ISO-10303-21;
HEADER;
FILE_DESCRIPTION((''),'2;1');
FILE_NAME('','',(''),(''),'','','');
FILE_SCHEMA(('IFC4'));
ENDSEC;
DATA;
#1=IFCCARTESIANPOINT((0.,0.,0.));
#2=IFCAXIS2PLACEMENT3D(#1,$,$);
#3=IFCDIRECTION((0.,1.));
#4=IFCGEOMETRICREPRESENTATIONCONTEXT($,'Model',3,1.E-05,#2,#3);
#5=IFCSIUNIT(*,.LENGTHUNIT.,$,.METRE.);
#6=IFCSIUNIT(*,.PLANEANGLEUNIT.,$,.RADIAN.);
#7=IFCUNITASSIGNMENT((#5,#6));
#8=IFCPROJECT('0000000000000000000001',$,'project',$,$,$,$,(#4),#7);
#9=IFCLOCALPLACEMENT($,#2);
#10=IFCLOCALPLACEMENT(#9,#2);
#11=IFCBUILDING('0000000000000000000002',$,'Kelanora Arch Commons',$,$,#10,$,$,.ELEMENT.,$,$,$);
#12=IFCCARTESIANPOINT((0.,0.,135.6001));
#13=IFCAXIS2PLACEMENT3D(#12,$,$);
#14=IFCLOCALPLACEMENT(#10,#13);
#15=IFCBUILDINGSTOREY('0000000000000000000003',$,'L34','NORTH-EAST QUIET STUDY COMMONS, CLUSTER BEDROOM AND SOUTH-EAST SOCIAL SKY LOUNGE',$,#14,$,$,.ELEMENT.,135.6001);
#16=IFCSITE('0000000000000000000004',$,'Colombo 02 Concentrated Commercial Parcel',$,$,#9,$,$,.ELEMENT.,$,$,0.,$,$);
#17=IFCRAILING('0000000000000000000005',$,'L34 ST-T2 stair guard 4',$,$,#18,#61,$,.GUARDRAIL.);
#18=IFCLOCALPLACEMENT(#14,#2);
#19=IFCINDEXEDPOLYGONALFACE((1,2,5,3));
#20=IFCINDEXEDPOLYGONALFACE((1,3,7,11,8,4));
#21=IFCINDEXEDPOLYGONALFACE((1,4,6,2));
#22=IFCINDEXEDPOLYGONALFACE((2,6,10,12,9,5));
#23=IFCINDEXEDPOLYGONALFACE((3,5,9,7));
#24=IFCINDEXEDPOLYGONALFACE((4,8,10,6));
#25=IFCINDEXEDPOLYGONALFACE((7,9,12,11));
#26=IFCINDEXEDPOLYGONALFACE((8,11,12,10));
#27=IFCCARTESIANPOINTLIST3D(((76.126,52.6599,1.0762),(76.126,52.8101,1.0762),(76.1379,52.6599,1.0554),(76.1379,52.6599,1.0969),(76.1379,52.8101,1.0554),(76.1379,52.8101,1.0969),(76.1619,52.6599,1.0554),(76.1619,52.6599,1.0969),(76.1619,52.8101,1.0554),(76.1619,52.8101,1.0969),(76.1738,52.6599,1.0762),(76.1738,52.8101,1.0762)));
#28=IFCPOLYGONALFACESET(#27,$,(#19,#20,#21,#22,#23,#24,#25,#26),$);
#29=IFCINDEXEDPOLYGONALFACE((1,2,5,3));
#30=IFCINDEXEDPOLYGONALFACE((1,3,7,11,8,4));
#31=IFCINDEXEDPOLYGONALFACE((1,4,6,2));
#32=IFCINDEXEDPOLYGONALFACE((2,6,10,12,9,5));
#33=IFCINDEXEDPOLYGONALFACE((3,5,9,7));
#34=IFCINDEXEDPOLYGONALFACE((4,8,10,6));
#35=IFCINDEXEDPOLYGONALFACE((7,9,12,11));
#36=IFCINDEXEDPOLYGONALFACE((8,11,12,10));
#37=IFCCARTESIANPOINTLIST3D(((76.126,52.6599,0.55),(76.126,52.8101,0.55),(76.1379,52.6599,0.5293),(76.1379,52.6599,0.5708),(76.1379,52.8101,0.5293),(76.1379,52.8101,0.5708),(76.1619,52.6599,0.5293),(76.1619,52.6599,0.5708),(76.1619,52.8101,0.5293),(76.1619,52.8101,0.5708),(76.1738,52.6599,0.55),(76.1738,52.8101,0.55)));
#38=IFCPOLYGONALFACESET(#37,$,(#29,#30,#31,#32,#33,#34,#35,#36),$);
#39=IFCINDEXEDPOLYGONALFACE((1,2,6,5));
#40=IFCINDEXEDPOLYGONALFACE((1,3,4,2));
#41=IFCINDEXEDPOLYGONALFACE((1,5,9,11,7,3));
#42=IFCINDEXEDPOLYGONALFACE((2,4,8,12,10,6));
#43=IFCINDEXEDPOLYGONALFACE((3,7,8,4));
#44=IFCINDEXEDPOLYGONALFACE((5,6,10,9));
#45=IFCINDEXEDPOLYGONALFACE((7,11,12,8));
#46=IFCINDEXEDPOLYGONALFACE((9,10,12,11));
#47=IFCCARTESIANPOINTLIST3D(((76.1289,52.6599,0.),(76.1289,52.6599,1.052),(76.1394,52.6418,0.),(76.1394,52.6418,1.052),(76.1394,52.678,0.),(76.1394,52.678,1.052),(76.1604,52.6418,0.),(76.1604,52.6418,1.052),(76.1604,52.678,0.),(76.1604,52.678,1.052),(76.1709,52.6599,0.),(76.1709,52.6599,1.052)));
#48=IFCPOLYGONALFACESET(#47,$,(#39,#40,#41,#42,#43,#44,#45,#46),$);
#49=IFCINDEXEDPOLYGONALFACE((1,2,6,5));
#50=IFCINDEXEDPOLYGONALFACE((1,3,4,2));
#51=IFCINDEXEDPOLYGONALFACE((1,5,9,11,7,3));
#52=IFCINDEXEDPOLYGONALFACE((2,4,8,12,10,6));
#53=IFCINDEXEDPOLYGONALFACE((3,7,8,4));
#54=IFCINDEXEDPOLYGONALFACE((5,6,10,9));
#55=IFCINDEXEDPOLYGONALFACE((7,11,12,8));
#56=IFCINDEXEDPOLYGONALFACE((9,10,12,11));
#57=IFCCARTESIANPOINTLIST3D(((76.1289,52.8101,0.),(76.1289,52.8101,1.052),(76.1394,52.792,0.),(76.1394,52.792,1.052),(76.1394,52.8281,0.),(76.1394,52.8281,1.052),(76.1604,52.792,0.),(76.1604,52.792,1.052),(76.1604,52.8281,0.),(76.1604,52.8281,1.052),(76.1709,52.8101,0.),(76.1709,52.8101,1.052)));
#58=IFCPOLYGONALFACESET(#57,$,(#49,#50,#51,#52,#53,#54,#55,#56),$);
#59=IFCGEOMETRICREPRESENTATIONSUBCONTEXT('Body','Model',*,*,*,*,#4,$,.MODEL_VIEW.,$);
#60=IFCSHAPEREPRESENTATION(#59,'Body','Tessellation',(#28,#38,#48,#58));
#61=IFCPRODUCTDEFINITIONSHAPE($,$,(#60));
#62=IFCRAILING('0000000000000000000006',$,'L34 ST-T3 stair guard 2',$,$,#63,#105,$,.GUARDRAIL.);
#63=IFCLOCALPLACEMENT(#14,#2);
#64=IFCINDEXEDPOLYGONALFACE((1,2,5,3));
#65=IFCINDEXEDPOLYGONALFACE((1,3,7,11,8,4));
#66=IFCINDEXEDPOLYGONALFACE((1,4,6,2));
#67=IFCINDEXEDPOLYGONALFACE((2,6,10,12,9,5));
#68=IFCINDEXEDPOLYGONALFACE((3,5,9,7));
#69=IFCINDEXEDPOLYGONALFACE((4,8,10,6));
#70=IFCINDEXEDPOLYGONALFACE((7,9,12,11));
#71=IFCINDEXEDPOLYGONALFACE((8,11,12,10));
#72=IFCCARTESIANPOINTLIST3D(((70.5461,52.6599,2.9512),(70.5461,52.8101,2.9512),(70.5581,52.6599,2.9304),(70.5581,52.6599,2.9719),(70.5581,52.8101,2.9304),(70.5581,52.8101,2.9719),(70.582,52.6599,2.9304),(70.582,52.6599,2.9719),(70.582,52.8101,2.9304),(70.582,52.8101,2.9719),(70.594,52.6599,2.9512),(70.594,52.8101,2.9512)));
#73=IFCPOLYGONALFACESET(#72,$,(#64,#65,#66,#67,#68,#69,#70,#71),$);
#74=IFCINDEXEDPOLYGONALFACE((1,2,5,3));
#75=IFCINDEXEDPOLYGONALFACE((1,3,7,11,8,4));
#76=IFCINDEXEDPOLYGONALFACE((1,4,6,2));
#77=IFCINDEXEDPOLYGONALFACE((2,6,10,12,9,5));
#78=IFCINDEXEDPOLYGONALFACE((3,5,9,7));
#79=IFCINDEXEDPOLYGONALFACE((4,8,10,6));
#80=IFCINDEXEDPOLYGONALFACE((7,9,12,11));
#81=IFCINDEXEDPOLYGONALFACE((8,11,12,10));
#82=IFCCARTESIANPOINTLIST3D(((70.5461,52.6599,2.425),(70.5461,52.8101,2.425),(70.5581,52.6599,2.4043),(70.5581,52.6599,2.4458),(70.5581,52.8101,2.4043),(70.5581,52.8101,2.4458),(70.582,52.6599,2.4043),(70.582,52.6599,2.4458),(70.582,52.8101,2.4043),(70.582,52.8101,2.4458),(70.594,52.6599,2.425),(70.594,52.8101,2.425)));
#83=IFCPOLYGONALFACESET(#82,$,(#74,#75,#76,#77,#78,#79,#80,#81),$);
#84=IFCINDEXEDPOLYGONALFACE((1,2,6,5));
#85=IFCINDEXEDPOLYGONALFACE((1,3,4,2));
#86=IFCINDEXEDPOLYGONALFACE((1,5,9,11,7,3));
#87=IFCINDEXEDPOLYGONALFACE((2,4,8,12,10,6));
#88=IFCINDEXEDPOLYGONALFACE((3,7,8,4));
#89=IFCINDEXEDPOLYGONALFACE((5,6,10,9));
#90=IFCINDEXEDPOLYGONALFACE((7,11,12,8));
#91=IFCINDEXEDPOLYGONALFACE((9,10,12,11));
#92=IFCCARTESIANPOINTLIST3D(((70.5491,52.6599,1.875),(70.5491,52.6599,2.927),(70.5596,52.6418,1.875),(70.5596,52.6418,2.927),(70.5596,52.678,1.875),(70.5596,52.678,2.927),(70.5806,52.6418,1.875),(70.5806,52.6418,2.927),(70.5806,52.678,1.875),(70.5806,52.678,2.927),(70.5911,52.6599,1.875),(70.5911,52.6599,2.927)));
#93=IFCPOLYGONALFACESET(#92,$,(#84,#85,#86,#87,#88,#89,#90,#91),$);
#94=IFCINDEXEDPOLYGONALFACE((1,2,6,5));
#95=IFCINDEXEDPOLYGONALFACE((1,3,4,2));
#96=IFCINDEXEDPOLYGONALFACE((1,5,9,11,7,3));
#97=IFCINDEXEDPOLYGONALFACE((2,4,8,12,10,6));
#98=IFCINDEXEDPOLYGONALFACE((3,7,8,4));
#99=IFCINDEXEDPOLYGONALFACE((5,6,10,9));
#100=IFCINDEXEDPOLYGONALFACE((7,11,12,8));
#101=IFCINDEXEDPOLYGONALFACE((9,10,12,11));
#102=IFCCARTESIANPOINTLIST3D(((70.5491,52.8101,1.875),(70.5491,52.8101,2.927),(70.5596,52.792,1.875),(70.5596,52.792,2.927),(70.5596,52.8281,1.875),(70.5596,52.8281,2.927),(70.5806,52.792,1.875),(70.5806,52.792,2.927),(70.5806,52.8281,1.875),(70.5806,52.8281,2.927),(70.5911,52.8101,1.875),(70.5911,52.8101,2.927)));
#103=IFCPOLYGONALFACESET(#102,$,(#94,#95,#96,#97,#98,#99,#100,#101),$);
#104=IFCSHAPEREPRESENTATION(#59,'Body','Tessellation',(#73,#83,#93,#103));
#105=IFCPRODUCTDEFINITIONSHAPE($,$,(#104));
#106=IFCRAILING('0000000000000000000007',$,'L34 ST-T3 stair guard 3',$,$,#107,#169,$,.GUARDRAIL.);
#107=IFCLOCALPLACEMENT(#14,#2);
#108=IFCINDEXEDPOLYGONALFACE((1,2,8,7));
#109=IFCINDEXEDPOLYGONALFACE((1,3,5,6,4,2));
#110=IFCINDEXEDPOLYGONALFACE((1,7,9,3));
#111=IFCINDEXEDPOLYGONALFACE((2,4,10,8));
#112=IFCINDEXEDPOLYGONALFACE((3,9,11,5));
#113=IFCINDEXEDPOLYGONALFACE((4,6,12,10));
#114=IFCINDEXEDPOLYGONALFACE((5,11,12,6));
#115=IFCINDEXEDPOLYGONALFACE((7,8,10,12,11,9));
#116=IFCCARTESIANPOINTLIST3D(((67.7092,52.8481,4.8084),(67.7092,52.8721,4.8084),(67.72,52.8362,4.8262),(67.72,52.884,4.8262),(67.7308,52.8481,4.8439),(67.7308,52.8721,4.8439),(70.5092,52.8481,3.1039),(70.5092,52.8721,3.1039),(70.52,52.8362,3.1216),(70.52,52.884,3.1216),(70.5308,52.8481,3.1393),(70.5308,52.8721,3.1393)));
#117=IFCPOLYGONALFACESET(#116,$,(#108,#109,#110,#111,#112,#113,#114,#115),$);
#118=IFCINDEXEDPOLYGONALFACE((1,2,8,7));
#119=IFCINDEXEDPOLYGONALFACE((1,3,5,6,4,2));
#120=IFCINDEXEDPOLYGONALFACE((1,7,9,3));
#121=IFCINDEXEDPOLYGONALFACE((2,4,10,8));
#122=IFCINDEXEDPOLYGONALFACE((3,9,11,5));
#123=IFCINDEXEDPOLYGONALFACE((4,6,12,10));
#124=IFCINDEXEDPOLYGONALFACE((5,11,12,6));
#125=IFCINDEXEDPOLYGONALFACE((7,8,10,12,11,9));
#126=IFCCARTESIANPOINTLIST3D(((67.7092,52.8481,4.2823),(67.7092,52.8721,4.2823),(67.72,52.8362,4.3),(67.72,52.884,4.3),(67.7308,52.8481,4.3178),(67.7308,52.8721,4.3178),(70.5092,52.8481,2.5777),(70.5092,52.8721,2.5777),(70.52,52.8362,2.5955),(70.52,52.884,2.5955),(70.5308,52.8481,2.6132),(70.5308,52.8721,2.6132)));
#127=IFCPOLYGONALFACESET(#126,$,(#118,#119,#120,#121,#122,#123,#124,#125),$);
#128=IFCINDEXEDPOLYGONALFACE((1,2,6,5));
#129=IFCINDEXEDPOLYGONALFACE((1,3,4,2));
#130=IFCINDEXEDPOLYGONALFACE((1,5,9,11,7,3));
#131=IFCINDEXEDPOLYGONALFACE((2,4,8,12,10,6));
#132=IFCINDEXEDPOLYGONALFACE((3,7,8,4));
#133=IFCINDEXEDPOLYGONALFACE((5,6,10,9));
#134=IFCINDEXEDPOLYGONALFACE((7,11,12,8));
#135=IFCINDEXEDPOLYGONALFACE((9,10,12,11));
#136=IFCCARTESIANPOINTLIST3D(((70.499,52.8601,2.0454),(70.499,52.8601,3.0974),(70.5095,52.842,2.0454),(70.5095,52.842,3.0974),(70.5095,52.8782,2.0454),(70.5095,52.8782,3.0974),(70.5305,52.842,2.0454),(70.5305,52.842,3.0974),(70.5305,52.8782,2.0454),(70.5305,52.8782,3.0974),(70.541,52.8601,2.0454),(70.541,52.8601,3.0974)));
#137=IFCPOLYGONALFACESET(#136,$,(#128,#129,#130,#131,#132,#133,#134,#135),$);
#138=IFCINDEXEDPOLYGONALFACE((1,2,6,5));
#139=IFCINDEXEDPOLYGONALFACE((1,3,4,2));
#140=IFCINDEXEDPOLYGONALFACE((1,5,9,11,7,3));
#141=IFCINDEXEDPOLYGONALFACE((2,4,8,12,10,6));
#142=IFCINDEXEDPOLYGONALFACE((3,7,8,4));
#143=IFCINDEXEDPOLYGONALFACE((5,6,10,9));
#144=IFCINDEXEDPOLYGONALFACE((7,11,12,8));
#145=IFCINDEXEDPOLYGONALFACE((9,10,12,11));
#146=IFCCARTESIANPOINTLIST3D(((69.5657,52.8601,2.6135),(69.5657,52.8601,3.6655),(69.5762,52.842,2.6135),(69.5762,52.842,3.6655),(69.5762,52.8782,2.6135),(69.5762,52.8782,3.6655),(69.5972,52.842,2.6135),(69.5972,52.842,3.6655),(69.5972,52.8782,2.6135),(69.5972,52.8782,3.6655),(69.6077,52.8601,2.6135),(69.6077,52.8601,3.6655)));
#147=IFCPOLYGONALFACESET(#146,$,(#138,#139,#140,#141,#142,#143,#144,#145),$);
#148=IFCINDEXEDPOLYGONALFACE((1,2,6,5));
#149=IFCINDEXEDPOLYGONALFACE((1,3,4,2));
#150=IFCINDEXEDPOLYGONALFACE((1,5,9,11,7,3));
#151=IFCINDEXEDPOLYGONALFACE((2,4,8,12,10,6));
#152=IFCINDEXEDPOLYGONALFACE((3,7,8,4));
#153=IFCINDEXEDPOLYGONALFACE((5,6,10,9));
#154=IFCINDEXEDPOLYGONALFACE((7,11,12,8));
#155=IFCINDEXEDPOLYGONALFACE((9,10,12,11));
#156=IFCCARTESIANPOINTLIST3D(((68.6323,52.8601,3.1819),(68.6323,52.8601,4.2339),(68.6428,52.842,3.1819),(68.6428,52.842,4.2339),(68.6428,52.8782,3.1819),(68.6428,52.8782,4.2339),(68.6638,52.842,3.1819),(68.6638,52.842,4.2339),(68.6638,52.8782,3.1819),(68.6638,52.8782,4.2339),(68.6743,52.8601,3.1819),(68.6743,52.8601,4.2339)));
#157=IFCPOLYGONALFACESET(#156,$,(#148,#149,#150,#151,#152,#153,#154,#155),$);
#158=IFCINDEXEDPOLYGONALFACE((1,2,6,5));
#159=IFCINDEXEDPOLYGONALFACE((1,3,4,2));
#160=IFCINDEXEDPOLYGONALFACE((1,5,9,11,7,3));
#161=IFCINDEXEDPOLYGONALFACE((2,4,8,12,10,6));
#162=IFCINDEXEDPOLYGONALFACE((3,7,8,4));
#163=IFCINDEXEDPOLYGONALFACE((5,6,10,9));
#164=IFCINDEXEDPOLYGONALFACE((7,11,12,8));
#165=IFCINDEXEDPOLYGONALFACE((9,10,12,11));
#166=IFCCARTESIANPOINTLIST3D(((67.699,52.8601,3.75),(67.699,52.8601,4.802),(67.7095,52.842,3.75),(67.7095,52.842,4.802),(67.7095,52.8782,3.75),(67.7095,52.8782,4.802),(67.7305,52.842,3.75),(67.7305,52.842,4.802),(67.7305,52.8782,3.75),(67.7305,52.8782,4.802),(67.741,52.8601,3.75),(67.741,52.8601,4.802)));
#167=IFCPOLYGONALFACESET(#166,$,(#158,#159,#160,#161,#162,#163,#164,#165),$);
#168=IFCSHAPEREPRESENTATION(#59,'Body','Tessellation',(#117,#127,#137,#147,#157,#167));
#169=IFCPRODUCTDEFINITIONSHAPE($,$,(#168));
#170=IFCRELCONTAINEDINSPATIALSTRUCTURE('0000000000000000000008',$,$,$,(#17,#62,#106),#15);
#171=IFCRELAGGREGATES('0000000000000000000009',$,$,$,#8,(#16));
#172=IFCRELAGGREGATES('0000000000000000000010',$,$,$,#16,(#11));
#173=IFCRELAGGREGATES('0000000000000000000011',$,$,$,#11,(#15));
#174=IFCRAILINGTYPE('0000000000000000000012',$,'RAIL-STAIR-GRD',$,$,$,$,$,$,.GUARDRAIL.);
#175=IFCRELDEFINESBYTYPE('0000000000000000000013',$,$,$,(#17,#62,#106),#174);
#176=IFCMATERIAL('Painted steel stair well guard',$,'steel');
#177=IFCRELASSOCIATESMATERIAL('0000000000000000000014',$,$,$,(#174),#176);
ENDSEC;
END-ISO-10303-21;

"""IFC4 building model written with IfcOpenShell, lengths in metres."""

from ifc_helpers import new_model, si_unit, direction, frame, origin, place, context, subcontext, project, spatial, polyline, outline, extrude, material, type_object, element, save


model = new_model("IFC4")

# Units and contexts
model_context = context("Model", 3, precision=1e-05, world=origin(), true_north=direction((0.0, 1.0)))
body_context = subcontext(model_context, "Body", "Model", "MODEL_VIEW")
ifc_project = project(units=[si_unit("LENGTHUNIT", "METRE"), si_unit("PLANEANGLEUNIT", "RADIAN")], contexts=[model_context])

# Site, building, storey
site_placement = place(None, origin())
site = spatial("IfcSite", under=ifc_project, at=site_placement, Name="Colombo 02 Concentrated Commercial Parcel", CompositionType="ELEMENT", RefElevation=0.0)
building_placement = place(site_placement, origin())
building = spatial("IfcBuilding", under=site, at=building_placement, Name="Kelanora Arch Commons", CompositionType="ELEMENT")
storey_placement = place(building_placement, frame((0.0, 0.0, 135.6001)))
storey = spatial("IfcBuildingStorey", under=building, at=storey_placement, Name="L34", Description="NORTH-EAST QUIET STUDY COMMONS, CLUSTER BEDROOM AND SOUTH-EAST SOCIAL SKY LOUNGE", CompositionType="ELEMENT", Elevation=135.6001)

# Railings
ifc_material_1 = material(Name="Painted steel stair well guard", Category="steel")
railing_type_1 = type_object("IfcRailingType", Name="RAIL-STAIR-GRD", PredefinedType="GUARDRAIL", material=ifc_material_1)
for number, where, name in (
    (1, (76.1499, 52.6599, 0.0), "L34 ST-T2 stair guard 4"),
    (2, (70.5701, 52.6599, 1.875), "L34 ST-T3 stair guard 2"),
):
    element("IfcRailing", number, at=place(storey_placement, frame(where)), inside=storey, type_object=railing_type_1, Name=name, PredefinedType="GUARDRAIL", context=body_context, shape_type="SweptSolid", body=[
        extrude(outline(polyline([(0.0239, 0.0), (0.012, 0.0208), (-0.012, 0.0208), (-0.0239, 0.0), (-0.012, -0.0208), (0.012, -0.0208), (0.0239, 0.0)])), frame((0.0, 0.0, 1.0762), z_axis=(0.0, 1.0, 0.0), x_axis=(-1.0, 0.0, 0.0)), (0.0, 0.0, 1.0), 0.1501),
        extrude(outline(polyline([(0.0239, 0.0), (0.012, 0.0208), (-0.012, 0.0208), (-0.0239, 0.0), (-0.012, -0.0208), (0.012, -0.0208), (0.0239, 0.0)])), frame((0.0, 0.0, 0.55), z_axis=(0.0, 1.0, 0.0), x_axis=(-1.0, 0.0, 0.0)), (0.0, 0.0, 1.0), 0.1501),
        extrude(outline(polyline([(0.021, 0.0), (0.0105, 0.0181), (-0.0105, 0.0181), (-0.021, 0.0), (-0.0105, -0.0181), (0.0105, -0.0181), (0.021, 0.0)])), origin(), (0.0, 0.0, 1.0), 1.052),
        extrude(outline(polyline([(0.021, 0.0), (0.0105, 0.0181), (-0.0105, 0.0181), (-0.021, 0.0), (-0.0105, -0.0181), (0.0105, -0.0181), (0.021, 0.0)])), frame((0.0, 0.1501, 0.0)), (0.0, 0.0, 1.0), 1.052),
    ])
railing_1_placement = place(storey_placement, frame((70.52, 52.8601, 2.0454)))
element("IfcRailing", 3, at=railing_1_placement, inside=storey, type_object=railing_type_1, Name="L34 ST-T3 stair guard 3", PredefinedType="GUARDRAIL", context=body_context, shape_type="SweptSolid", body=[
    extrude(outline(polyline([(0.0239, 0.0), (0.012, 0.0208), (-0.012, 0.0208), (-0.0239, 0.0), (-0.012, -0.0208), (0.012, -0.0208), (0.0239, 0.0)])), frame((0.0, 0.0, 1.0762), z_axis=(-0.85417, 0.0, 0.519994), x_axis=(0.0, -1.0, 0.0)), (0.0, 0.0, 1.0), 3.2781),
    extrude(outline(polyline([(0.0239, 0.0), (0.012, 0.0208), (-0.012, 0.0208), (-0.0239, 0.0), (-0.012, -0.0208), (0.012, -0.0208), (0.0239, 0.0)])), frame((0.0, 0.0, 0.55), z_axis=(-0.85417, 0.0, 0.519994), x_axis=(0.0, -1.0, 0.0)), (0.0, 0.0, 1.0), 3.2781),
    extrude(outline(polyline([(0.021, 0.0), (0.0105, 0.0181), (-0.0105, 0.0181), (-0.021, 0.0), (-0.0105, -0.0181), (0.0105, -0.0181), (0.021, 0.0)])), origin(), (0.0, 0.0, 1.0), 1.052),
    extrude(outline(polyline([(0.021, 0.0), (0.0105, 0.0181), (-0.0105, 0.0181), (-0.021, 0.0), (-0.0105, -0.0181), (0.0105, -0.0181), (0.021, 0.0)])), frame((-0.9333, 0.0, 0.5681)), (0.0, 0.0, 1.0), 1.052),
    extrude(outline(polyline([(0.021, 0.0), (0.0105, 0.0181), (-0.0105, 0.0181), (-0.021, 0.0), (-0.0105, -0.0181), (0.0105, -0.0181), (0.021, 0.0)])), frame((-1.8667, 0.0, 1.1365)), (0.0, 0.0, 1.0), 1.052),
    extrude(outline(polyline([(0.021, 0.0), (0.0105, 0.0181), (-0.0105, 0.0181), (-0.021, 0.0), (-0.0105, -0.0181), (0.0105, -0.0181), (0.021, 0.0)])), frame((-2.8, 0.0, 1.7046)), (0.0, 0.0, 1.0), 1.052),
])

save(model, "model.ifc")
